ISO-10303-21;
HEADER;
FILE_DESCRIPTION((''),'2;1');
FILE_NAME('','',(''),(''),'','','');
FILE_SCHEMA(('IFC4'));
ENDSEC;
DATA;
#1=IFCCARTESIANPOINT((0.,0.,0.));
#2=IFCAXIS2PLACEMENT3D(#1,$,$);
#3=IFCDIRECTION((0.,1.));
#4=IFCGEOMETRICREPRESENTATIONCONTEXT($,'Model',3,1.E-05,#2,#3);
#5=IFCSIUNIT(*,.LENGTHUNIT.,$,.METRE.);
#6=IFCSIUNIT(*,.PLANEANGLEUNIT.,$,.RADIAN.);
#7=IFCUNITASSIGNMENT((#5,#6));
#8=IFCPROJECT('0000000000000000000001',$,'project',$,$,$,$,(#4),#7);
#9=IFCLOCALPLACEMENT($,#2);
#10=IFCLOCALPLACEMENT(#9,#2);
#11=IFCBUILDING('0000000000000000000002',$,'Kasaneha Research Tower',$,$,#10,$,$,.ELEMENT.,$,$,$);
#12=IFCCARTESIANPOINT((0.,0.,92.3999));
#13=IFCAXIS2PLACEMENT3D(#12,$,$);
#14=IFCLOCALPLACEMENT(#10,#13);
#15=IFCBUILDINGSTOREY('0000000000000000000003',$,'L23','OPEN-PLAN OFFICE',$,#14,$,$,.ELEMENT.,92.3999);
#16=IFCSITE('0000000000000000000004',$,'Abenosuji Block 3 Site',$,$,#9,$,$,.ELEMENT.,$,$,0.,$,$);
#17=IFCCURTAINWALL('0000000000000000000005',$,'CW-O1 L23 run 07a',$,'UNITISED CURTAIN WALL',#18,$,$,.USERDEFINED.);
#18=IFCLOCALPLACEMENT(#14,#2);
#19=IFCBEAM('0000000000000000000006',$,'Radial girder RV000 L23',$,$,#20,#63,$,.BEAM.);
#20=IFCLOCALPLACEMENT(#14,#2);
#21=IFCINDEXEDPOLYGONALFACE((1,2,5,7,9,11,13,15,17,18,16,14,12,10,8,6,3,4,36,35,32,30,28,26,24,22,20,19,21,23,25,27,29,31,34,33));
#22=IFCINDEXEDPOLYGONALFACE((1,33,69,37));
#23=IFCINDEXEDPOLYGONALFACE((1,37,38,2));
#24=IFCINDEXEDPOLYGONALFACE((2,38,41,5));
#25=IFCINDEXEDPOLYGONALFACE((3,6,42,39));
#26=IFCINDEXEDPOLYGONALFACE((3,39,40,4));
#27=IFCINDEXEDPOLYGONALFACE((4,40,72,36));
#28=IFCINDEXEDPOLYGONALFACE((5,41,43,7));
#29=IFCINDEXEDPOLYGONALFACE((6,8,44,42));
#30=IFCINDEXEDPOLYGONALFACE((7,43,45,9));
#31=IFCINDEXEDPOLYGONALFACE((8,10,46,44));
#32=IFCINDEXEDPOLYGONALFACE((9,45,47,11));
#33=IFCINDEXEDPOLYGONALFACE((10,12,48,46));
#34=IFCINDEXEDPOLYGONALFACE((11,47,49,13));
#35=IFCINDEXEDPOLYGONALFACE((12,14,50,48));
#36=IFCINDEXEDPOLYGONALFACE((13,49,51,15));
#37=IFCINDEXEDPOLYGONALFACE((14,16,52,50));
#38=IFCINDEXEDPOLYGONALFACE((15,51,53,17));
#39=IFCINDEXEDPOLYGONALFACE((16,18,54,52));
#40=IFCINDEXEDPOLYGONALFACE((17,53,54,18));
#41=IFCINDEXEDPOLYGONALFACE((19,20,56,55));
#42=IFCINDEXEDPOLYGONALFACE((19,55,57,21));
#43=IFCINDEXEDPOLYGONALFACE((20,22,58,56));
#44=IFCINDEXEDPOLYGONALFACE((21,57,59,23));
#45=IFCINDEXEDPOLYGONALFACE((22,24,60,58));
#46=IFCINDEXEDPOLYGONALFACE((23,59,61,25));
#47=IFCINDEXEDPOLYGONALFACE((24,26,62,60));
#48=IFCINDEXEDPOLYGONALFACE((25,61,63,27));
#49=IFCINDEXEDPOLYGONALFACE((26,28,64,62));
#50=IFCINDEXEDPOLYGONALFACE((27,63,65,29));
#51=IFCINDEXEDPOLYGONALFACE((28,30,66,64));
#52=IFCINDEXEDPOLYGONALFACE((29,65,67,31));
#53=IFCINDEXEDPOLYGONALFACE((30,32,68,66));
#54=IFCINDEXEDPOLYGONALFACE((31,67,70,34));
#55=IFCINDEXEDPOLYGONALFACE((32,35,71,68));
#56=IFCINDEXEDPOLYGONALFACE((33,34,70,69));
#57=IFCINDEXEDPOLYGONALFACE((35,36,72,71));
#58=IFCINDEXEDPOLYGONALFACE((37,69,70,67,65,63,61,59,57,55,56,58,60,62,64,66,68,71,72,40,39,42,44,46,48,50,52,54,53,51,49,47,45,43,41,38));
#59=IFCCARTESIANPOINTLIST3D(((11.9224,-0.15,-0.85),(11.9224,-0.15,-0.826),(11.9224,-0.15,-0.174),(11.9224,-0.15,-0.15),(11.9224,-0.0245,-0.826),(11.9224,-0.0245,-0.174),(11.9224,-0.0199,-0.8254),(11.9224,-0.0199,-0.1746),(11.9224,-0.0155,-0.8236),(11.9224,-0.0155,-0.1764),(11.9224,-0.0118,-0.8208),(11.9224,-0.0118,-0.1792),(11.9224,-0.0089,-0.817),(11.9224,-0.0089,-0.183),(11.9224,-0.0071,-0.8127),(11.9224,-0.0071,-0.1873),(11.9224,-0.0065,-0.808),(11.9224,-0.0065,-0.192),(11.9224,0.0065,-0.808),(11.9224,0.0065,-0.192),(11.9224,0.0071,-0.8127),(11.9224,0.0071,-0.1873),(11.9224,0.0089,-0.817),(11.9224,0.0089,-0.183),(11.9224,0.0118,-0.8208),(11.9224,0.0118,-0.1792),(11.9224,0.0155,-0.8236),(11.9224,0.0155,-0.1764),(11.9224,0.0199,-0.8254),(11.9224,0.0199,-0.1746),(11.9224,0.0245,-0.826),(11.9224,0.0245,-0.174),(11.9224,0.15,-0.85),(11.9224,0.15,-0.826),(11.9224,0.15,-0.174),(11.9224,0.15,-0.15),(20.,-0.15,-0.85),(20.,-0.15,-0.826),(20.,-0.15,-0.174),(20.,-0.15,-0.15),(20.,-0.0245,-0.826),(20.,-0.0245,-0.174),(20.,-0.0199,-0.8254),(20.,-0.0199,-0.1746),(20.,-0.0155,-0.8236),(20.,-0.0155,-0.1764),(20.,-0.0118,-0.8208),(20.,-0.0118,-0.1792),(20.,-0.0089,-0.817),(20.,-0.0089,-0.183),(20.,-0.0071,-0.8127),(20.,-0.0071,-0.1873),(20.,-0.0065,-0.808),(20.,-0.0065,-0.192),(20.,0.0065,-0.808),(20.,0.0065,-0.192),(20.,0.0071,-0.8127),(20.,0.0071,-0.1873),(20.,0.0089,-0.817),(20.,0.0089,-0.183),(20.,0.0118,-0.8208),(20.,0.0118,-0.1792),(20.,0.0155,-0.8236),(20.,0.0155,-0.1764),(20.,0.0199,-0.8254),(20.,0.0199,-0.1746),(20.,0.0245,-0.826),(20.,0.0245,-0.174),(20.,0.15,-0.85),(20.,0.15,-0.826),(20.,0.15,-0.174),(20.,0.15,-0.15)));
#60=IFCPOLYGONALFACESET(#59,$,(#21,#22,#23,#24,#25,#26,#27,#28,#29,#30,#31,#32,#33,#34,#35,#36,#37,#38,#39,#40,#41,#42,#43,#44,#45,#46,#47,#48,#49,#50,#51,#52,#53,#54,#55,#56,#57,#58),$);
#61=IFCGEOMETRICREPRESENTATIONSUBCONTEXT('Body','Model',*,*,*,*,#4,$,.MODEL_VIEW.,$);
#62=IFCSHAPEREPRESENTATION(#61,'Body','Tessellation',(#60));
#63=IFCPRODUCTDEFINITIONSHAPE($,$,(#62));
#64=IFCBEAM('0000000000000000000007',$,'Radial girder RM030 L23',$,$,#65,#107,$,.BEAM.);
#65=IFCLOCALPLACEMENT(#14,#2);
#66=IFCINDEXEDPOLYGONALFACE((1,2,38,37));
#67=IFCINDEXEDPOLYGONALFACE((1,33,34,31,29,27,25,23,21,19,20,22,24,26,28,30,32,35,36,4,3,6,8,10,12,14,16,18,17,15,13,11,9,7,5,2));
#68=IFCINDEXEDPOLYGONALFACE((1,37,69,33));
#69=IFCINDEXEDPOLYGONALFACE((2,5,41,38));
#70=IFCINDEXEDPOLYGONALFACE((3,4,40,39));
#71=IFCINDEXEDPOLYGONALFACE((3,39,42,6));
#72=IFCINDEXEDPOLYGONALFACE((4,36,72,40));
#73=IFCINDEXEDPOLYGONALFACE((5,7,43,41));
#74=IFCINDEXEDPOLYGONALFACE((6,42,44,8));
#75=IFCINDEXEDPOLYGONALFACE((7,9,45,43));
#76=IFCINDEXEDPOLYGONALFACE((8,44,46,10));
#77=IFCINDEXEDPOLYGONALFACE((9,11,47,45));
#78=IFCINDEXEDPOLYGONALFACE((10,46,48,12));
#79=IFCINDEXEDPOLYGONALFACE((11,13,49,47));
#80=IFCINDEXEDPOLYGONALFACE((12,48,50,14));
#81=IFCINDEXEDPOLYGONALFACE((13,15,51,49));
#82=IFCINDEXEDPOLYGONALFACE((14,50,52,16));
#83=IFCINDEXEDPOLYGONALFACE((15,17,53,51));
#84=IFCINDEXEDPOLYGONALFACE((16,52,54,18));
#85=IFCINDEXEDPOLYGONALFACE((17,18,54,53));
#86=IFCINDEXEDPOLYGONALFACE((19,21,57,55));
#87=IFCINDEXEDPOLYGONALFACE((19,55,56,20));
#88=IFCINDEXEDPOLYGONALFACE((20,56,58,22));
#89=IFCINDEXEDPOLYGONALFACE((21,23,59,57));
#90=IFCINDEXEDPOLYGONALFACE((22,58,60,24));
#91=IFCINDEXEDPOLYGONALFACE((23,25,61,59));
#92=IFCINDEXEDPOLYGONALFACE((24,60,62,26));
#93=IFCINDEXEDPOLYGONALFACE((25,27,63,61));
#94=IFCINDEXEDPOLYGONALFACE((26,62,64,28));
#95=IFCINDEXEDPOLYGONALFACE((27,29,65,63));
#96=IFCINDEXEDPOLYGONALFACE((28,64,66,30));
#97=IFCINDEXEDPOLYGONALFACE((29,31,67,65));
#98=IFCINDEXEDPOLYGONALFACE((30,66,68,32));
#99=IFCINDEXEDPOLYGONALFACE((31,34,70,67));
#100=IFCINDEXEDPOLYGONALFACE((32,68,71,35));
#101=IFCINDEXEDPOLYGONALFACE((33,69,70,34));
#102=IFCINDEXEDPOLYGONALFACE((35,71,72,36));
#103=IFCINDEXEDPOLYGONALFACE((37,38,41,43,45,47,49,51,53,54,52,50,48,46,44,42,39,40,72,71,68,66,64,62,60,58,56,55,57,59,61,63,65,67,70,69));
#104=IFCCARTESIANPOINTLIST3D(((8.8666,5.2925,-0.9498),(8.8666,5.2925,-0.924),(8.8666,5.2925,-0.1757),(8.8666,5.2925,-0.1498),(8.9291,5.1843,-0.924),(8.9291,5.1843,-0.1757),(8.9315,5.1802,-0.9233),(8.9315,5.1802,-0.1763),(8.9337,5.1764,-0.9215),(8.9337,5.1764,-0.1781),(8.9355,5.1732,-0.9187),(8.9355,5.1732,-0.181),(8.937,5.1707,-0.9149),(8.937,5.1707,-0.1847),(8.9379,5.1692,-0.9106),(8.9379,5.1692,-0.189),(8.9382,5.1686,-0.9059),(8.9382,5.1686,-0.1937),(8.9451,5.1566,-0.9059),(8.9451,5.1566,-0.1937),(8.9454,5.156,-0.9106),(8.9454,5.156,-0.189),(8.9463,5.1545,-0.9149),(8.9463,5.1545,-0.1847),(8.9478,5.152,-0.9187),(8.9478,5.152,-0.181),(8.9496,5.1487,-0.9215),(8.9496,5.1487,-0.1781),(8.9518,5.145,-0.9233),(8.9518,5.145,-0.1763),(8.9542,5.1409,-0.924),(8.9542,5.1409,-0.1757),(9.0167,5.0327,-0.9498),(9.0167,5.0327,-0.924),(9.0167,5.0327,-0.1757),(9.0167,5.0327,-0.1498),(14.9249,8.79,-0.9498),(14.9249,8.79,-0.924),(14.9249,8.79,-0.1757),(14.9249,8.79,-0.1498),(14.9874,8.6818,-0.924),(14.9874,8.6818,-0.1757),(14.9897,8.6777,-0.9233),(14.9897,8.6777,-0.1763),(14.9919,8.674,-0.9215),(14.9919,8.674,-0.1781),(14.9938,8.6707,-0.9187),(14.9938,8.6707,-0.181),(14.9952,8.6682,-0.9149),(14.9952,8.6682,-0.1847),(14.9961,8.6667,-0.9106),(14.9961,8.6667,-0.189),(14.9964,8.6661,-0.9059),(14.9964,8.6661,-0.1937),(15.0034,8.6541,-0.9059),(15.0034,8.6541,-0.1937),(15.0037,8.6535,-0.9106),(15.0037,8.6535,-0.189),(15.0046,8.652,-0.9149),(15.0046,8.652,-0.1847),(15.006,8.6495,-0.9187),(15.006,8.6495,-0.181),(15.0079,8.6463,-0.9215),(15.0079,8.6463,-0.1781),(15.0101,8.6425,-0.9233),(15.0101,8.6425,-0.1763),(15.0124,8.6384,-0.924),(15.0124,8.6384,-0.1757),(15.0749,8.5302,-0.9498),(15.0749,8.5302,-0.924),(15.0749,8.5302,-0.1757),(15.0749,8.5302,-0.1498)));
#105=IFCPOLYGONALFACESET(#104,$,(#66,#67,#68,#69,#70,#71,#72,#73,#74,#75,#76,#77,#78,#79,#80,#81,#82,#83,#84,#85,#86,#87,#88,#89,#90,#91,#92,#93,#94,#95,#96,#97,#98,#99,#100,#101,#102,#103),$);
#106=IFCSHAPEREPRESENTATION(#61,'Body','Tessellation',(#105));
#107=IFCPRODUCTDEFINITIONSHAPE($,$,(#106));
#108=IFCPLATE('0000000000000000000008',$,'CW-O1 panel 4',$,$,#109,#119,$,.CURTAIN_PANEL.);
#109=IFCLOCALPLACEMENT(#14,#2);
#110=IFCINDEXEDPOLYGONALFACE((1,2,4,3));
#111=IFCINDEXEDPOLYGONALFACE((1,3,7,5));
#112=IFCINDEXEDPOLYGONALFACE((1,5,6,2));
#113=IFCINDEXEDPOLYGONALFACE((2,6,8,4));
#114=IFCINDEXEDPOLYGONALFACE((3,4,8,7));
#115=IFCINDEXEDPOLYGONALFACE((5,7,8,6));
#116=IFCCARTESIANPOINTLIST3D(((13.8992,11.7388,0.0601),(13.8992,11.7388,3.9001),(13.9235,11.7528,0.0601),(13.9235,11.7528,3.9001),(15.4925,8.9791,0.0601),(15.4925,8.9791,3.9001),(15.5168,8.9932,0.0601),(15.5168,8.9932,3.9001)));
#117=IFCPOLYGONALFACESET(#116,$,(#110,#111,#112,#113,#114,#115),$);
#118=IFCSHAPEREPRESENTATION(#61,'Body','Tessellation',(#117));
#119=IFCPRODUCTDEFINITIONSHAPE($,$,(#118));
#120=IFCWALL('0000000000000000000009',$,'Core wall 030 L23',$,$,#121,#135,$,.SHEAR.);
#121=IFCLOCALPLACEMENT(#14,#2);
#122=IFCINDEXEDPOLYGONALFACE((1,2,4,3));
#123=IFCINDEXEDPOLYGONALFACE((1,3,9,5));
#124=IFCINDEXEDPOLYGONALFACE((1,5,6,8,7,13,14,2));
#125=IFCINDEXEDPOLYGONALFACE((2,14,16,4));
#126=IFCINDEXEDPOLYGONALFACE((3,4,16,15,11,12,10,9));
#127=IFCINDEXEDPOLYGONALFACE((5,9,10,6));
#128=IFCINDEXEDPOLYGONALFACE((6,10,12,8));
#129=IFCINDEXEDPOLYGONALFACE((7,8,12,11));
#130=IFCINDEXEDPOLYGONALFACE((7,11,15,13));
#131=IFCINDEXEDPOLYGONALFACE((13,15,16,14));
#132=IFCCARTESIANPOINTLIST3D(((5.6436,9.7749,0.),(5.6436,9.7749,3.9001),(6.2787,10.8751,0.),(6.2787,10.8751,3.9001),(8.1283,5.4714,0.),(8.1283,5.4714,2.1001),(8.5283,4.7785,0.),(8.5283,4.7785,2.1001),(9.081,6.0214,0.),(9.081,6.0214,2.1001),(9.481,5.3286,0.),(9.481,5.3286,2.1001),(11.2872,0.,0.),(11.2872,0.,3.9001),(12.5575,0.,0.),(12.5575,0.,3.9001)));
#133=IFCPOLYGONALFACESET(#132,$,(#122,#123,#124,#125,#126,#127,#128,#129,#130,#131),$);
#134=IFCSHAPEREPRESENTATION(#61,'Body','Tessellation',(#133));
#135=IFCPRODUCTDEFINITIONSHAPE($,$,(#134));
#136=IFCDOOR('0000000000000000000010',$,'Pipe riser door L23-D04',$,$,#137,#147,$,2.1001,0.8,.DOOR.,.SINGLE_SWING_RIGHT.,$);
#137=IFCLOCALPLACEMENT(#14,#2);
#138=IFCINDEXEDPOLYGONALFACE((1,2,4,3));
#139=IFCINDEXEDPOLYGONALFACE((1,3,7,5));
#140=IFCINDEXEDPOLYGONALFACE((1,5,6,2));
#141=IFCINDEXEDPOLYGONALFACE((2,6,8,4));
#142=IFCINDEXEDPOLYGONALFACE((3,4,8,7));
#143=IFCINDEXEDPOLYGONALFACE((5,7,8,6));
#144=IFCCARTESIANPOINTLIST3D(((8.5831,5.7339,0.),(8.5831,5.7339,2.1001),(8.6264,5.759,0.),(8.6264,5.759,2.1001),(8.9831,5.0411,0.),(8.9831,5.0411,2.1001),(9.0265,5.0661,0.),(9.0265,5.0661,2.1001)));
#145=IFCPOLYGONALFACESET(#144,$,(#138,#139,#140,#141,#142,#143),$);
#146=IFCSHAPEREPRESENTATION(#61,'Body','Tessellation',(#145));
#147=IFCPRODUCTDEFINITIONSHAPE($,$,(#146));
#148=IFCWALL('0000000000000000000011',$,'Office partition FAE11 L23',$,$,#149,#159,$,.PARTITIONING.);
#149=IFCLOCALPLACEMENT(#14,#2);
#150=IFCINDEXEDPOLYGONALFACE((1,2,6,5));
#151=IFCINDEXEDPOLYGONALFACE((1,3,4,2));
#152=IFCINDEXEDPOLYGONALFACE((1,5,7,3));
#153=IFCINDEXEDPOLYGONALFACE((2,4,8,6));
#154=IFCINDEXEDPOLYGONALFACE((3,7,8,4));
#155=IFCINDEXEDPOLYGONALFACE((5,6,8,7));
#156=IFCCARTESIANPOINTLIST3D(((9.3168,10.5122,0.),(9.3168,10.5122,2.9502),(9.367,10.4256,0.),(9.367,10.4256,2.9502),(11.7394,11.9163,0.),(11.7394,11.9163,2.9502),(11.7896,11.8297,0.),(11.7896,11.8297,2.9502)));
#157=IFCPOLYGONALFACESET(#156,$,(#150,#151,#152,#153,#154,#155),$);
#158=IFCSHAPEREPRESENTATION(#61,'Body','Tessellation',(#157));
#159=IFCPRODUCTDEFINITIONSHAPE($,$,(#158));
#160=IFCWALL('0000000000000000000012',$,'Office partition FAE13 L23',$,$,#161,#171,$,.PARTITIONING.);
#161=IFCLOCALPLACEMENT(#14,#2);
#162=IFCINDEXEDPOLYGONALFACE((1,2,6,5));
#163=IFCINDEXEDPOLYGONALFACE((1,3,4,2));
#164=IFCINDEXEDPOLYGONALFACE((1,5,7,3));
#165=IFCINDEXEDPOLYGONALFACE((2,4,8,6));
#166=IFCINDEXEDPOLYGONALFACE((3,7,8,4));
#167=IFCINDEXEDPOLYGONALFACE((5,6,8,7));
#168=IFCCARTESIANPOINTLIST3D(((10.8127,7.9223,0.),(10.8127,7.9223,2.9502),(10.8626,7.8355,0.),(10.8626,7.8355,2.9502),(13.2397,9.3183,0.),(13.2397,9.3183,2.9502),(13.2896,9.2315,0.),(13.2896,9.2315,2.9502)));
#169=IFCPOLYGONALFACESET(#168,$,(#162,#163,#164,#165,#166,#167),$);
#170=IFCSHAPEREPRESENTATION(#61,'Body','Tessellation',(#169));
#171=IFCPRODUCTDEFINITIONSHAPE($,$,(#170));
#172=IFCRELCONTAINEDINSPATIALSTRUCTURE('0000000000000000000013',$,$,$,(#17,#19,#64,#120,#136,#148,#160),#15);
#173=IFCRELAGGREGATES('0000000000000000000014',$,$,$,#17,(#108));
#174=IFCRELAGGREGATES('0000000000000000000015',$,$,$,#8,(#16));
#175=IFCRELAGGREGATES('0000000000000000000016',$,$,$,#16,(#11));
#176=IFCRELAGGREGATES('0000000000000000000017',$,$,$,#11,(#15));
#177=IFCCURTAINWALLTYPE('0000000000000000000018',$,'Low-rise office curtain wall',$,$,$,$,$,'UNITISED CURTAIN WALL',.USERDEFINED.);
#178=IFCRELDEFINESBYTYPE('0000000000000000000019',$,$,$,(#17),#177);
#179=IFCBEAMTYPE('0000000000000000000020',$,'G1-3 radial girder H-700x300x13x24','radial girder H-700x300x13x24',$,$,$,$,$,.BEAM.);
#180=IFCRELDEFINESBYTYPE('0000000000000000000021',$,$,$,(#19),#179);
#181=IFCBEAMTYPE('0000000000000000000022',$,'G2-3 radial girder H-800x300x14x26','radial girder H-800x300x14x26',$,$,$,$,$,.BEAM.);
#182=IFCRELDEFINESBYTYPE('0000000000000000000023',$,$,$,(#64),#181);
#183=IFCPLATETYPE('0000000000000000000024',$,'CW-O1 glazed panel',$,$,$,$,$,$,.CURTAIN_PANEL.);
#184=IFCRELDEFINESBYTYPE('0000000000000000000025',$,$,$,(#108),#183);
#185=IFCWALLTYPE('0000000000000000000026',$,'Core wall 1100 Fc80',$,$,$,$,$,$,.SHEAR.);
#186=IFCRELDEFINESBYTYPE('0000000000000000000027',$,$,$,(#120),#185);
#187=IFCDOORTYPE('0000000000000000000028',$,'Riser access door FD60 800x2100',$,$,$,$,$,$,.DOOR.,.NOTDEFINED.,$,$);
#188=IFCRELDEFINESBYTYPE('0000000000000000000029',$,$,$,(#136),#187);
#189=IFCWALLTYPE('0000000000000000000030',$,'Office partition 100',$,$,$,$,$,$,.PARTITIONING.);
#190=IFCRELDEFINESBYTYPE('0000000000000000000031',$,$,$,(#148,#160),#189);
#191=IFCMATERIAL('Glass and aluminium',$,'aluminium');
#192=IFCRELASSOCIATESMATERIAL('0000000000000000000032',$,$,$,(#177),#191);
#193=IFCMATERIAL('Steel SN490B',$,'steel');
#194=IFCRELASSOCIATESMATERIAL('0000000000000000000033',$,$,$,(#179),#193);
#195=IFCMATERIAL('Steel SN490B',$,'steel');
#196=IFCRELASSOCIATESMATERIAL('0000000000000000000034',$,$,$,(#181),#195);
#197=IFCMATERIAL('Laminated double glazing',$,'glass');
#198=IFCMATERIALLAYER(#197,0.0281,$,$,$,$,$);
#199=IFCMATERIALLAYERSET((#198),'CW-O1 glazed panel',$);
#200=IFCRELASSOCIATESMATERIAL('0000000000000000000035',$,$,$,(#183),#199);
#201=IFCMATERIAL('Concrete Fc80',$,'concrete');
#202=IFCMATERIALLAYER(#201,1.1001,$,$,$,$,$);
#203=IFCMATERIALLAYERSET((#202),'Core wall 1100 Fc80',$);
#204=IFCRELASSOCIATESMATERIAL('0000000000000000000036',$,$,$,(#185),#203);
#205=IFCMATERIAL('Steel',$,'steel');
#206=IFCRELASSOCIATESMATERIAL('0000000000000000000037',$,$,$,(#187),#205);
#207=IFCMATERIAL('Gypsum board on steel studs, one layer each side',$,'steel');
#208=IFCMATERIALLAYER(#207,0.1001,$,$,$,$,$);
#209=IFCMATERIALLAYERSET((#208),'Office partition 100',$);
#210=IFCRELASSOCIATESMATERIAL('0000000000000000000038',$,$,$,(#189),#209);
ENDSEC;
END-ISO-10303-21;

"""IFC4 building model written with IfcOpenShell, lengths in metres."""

from ifc_helpers import new_model, si_unit, direction, frame, frame_2d, origin, origin_2d, place, context, subcontext, project, spatial, polyline, rectangle, i_section, outline, extrude, material, layer, layer_set, material_profile, profile_set, type_object, element, fill, aggregate, save


model = new_model("IFC4")

# Units and contexts
model_context = context("Model", 3, precision=1e-05, world=origin(), true_north=direction((0.0, 1.0)))
body_context = subcontext(model_context, "Body", "Model", "MODEL_VIEW")
ifc_project = project(units=[si_unit("LENGTHUNIT", "METRE"), si_unit("PLANEANGLEUNIT", "RADIAN")], contexts=[model_context])

# Site, building, storey
site_placement = place(None, origin())
site = spatial("IfcSite", under=ifc_project, at=site_placement, Name="Abenosuji Block 3 Site", CompositionType="ELEMENT", RefElevation=0.0)
building_placement = place(site_placement, origin())
building = spatial("IfcBuilding", under=site, at=building_placement, Name="Kasaneha Research Tower", CompositionType="ELEMENT")
storey_placement = place(building_placement, frame((0.0, 0.0, 92.3999)))
storey = spatial("IfcBuildingStorey", under=building, at=storey_placement, Name="L23", Description="OPEN-PLAN OFFICE", CompositionType="ELEMENT", Elevation=92.3999)

# Curtain wall
ifc_material_1 = material(Name="Glass and aluminium", Category="aluminium")
curtain_wall_type = type_object("IfcCurtainWallType", Name="Low-rise office curtain wall", ElementType="UNITISED CURTAIN WALL", PredefinedType="USERDEFINED", material=ifc_material_1)
curtain_wall_placement = place(storey_placement, origin())
curtain_wall = element("IfcCurtainWall", 1, at=curtain_wall_placement, inside=storey, type_object=curtain_wall_type, Name="CW-O1 L23 run 07a", ObjectType="UNITISED CURTAIN WALL", PredefinedType="USERDEFINED")

# Beams
ifc_material_2 = material(Name="Steel SN490B", Category="steel")
ifc_material_profile_1 = material_profile(ifc_material_2, i_section(OverallWidth=0.3, OverallDepth=0.7, WebThickness=0.0129, FlangeThickness=0.0239, FilletRadius=0.0181, at=origin_2d()), Name="H-700x300x13x24")
ifc_profile_set_1 = profile_set([ifc_material_profile_1], Name="Steel SN490B")
beam_type_1 = type_object("IfcBeamType", Name="G1-3 radial girder H-700x300x13x24", Description="radial girder H-700x300x13x24", PredefinedType="BEAM", material=ifc_profile_set_1)
beam_1_placement = place(storey_placement, frame((11.9224, 0.0, -0.5), z_axis=(1.0, 0.0, 0.0), x_axis=(0.0, 1.0, 0.0)))
element("IfcBeam", 2, at=beam_1_placement, inside=storey, type_object=beam_type_1, Name="Radial girder RV000 L23", PredefinedType="BEAM", context=body_context, shape_type="SweptSolid", body=[
    extrude(i_section(OverallWidth=0.3, OverallDepth=0.7, WebThickness=0.0129, FlangeThickness=0.0239, FilletRadius=0.0181, at=origin_2d()), origin(), (0.0, 0.0, 1.0), 8.0776),
])
ifc_material_3 = material(Name="Steel SN490B", Category="steel")
ifc_material_profile_2 = material_profile(ifc_material_3, i_section(OverallWidth=0.3, OverallDepth=0.8, WebThickness=0.0139, FlangeThickness=0.0259, FilletRadius=0.0181, at=origin_2d()), Name="H-800x300x14x26")
ifc_profile_set_2 = profile_set([ifc_material_profile_2], Name="Steel SN490B")
beam_type_2 = type_object("IfcBeamType", Name="G2-3 radial girder H-800x300x14x26", Description="radial girder H-800x300x14x26", PredefinedType="BEAM", material=ifc_profile_set_2)
beam_2_placement = place(storey_placement, frame((8.9417, 5.1626, -0.5498), z_axis=(0.86604, 0.499975, 0.0), x_axis=(-0.499975, 0.86604, 0.0)))
element("IfcBeam", 3, at=beam_2_placement, inside=storey, type_object=beam_type_2, Name="Radial girder RM030 L23", PredefinedType="BEAM", context=body_context, shape_type="SweptSolid", body=[
    extrude(i_section(OverallWidth=0.3, OverallDepth=0.8, WebThickness=0.0139, FlangeThickness=0.0259, FilletRadius=0.0181, at=origin_2d()), origin(), (0.0, 0.0, 1.0), 6.9954),
])

# Plate
ifc_material_4 = material(Name="Laminated double glazing", Category="glass")
ifc_layer_1 = layer(ifc_material_4, 0.0281)
ifc_layer_set_1 = layer_set([ifc_layer_1], Name="CW-O1 glazed panel")
plate_type = type_object("IfcPlateType", Name="CW-O1 glazed panel", PredefinedType="CURTAIN_PANEL", material=ifc_layer_set_1)
plate_placement = place(storey_placement, frame((14.708, 10.366, 0.0601), z_axis=(0.0, 0.0, 1.0), x_axis=(-0.5, 0.866025, 0.0)))
plate = element("IfcPlate", 4, at=plate_placement, type_object=plate_type, Name="CW-O1 panel 4", PredefinedType="CURTAIN_PANEL", context=body_context, shape_type="SweptSolid", body=[
    extrude(rectangle(XDim=3.1865, YDim=0.0281, at=origin_2d()), origin(), (0.0, 0.0, 1.0), 3.8401),
])
aggregate(curtain_wall, [plate])

# Wall, opening, door
ifc_material_5 = material(Name="Concrete Fc80", Category="concrete")
ifc_layer_2 = layer(ifc_material_5, 1.1001)
ifc_layer_set_2 = layer_set([ifc_layer_2], Name="Core wall 1100 Fc80")
wall_type_1 = type_object("IfcWallType", Name="Core wall 1100 Fc80", PredefinedType="SHEAR", material=ifc_layer_set_2)
wall_1_placement = place(storey_placement, frame((11.9224, 0.0, 0.0), z_axis=(0.0, 0.0, 1.0), x_axis=(-0.500004, 0.866023, 0.0)))
wall_1 = element("IfcWall", 5, at=wall_1_placement, inside=storey, type_object=wall_type_1, Name="Core wall 030 L23", PredefinedType="SHEAR", context=body_context, shape_type="SweptSolid", body=[
    extrude(outline(polyline([(-0.3176, -0.55), (5.8354, -0.55), (6.6355, -0.55), (12.24, -0.55), (11.6047, 0.55), (6.6355, 0.55), (5.8354, 0.55), (0.3176, 0.55), (-0.3176, -0.55)])), origin(), (0.0, 0.0, 1.0), 3.9001),
])
opening_1_placement = place(wall_1_placement, frame((5.8354, 0.0, 0.0)))
opening_1 = element("IfcOpeningElement", 6, at=opening_1_placement, cuts=wall_1, PredefinedType="OPENING", context=body_context, shape_type="SweptSolid", body=[
    extrude(rectangle(XDim=0.8, YDim=2.1001, at=frame_2d((0.3999, 1.05))), frame((0.0, 0.5601, 0.0), z_axis=(0.0, -1.0, 0.0), x_axis=(1.0, 0.0, 0.0)), (0.0, 0.0, 1.0), 1.1201),
])
ifc_material_6 = material(Name="Steel", Category="steel")
door_type_1 = type_object("IfcDoorType", Name="Riser access door FD60 800x2100", OperationType="NOTDEFINED", PredefinedType="DOOR", material=ifc_material_6)
door_1_placement = place(opening_1_placement, origin())
door_1 = element("IfcDoor", 7, at=door_1_placement, inside=storey, type_object=door_type_1, Name="Pipe riser door L23-D04", OperationType="SINGLE_SWING_RIGHT", OverallHeight=2.1001, OverallWidth=0.8, PredefinedType="DOOR", context=body_context, shape_type="SweptSolid", body=[
    extrude(rectangle(XDim=0.8, YDim=2.1001, at=frame_2d((0.3999, 1.05))), frame((0.0, 0.0249, 0.0), z_axis=(0.0, -1.0, 0.0), x_axis=(1.0, 0.0, 0.0)), (0.0, 0.0, 1.0), 0.05),
])
fill(opening_1, door_1)

# Walls
ifc_material_7 = material(Name="Gypsum board on steel studs, one layer each side", Category="steel")
ifc_layer_3 = layer(ifc_material_7, 0.1001)
ifc_layer_set_3 = layer_set([ifc_layer_3], Name="Office partition 100")
wall_type_2 = type_object("IfcWallType", Name="Office partition 100", PredefinedType="PARTITIONING", material=ifc_layer_set_3)
wall_2_placement = place(storey_placement, frame((9.342, 10.469, 0.0), z_axis=(0.0, 0.0, 1.0), x_axis=(0.865195, 0.501435, 0.0)))
element("IfcWall", 8, at=wall_2_placement, inside=storey, type_object=wall_type_2, Name="Office partition FAE11 L23", PredefinedType="PARTITIONING", context=body_context, shape_type="SweptSolid", body=[
    extrude(rectangle(XDim=2.8, YDim=0.1001, at=frame_2d((1.3999, 0.0))), origin(), (0.0, 0.0, 1.0), 2.9502),
])
wall_3_placement = place(storey_placement, frame((13.2646, 9.2749, 0.0), z_axis=(0.0, 0.0, 1.0), x_axis=(-0.866834, -0.498597, 0.0)))
element("IfcWall", 9, at=wall_3_placement, inside=storey, type_object=wall_type_2, Name="Office partition FAE13 L23", PredefinedType="PARTITIONING", context=body_context, shape_type="SweptSolid", body=[
    extrude(rectangle(XDim=2.7998, YDim=0.1001, at=frame_2d((1.3999, 0.0))), origin(), (0.0, 0.0, 1.0), 2.9502),
])

save(model, "model.ifc")
